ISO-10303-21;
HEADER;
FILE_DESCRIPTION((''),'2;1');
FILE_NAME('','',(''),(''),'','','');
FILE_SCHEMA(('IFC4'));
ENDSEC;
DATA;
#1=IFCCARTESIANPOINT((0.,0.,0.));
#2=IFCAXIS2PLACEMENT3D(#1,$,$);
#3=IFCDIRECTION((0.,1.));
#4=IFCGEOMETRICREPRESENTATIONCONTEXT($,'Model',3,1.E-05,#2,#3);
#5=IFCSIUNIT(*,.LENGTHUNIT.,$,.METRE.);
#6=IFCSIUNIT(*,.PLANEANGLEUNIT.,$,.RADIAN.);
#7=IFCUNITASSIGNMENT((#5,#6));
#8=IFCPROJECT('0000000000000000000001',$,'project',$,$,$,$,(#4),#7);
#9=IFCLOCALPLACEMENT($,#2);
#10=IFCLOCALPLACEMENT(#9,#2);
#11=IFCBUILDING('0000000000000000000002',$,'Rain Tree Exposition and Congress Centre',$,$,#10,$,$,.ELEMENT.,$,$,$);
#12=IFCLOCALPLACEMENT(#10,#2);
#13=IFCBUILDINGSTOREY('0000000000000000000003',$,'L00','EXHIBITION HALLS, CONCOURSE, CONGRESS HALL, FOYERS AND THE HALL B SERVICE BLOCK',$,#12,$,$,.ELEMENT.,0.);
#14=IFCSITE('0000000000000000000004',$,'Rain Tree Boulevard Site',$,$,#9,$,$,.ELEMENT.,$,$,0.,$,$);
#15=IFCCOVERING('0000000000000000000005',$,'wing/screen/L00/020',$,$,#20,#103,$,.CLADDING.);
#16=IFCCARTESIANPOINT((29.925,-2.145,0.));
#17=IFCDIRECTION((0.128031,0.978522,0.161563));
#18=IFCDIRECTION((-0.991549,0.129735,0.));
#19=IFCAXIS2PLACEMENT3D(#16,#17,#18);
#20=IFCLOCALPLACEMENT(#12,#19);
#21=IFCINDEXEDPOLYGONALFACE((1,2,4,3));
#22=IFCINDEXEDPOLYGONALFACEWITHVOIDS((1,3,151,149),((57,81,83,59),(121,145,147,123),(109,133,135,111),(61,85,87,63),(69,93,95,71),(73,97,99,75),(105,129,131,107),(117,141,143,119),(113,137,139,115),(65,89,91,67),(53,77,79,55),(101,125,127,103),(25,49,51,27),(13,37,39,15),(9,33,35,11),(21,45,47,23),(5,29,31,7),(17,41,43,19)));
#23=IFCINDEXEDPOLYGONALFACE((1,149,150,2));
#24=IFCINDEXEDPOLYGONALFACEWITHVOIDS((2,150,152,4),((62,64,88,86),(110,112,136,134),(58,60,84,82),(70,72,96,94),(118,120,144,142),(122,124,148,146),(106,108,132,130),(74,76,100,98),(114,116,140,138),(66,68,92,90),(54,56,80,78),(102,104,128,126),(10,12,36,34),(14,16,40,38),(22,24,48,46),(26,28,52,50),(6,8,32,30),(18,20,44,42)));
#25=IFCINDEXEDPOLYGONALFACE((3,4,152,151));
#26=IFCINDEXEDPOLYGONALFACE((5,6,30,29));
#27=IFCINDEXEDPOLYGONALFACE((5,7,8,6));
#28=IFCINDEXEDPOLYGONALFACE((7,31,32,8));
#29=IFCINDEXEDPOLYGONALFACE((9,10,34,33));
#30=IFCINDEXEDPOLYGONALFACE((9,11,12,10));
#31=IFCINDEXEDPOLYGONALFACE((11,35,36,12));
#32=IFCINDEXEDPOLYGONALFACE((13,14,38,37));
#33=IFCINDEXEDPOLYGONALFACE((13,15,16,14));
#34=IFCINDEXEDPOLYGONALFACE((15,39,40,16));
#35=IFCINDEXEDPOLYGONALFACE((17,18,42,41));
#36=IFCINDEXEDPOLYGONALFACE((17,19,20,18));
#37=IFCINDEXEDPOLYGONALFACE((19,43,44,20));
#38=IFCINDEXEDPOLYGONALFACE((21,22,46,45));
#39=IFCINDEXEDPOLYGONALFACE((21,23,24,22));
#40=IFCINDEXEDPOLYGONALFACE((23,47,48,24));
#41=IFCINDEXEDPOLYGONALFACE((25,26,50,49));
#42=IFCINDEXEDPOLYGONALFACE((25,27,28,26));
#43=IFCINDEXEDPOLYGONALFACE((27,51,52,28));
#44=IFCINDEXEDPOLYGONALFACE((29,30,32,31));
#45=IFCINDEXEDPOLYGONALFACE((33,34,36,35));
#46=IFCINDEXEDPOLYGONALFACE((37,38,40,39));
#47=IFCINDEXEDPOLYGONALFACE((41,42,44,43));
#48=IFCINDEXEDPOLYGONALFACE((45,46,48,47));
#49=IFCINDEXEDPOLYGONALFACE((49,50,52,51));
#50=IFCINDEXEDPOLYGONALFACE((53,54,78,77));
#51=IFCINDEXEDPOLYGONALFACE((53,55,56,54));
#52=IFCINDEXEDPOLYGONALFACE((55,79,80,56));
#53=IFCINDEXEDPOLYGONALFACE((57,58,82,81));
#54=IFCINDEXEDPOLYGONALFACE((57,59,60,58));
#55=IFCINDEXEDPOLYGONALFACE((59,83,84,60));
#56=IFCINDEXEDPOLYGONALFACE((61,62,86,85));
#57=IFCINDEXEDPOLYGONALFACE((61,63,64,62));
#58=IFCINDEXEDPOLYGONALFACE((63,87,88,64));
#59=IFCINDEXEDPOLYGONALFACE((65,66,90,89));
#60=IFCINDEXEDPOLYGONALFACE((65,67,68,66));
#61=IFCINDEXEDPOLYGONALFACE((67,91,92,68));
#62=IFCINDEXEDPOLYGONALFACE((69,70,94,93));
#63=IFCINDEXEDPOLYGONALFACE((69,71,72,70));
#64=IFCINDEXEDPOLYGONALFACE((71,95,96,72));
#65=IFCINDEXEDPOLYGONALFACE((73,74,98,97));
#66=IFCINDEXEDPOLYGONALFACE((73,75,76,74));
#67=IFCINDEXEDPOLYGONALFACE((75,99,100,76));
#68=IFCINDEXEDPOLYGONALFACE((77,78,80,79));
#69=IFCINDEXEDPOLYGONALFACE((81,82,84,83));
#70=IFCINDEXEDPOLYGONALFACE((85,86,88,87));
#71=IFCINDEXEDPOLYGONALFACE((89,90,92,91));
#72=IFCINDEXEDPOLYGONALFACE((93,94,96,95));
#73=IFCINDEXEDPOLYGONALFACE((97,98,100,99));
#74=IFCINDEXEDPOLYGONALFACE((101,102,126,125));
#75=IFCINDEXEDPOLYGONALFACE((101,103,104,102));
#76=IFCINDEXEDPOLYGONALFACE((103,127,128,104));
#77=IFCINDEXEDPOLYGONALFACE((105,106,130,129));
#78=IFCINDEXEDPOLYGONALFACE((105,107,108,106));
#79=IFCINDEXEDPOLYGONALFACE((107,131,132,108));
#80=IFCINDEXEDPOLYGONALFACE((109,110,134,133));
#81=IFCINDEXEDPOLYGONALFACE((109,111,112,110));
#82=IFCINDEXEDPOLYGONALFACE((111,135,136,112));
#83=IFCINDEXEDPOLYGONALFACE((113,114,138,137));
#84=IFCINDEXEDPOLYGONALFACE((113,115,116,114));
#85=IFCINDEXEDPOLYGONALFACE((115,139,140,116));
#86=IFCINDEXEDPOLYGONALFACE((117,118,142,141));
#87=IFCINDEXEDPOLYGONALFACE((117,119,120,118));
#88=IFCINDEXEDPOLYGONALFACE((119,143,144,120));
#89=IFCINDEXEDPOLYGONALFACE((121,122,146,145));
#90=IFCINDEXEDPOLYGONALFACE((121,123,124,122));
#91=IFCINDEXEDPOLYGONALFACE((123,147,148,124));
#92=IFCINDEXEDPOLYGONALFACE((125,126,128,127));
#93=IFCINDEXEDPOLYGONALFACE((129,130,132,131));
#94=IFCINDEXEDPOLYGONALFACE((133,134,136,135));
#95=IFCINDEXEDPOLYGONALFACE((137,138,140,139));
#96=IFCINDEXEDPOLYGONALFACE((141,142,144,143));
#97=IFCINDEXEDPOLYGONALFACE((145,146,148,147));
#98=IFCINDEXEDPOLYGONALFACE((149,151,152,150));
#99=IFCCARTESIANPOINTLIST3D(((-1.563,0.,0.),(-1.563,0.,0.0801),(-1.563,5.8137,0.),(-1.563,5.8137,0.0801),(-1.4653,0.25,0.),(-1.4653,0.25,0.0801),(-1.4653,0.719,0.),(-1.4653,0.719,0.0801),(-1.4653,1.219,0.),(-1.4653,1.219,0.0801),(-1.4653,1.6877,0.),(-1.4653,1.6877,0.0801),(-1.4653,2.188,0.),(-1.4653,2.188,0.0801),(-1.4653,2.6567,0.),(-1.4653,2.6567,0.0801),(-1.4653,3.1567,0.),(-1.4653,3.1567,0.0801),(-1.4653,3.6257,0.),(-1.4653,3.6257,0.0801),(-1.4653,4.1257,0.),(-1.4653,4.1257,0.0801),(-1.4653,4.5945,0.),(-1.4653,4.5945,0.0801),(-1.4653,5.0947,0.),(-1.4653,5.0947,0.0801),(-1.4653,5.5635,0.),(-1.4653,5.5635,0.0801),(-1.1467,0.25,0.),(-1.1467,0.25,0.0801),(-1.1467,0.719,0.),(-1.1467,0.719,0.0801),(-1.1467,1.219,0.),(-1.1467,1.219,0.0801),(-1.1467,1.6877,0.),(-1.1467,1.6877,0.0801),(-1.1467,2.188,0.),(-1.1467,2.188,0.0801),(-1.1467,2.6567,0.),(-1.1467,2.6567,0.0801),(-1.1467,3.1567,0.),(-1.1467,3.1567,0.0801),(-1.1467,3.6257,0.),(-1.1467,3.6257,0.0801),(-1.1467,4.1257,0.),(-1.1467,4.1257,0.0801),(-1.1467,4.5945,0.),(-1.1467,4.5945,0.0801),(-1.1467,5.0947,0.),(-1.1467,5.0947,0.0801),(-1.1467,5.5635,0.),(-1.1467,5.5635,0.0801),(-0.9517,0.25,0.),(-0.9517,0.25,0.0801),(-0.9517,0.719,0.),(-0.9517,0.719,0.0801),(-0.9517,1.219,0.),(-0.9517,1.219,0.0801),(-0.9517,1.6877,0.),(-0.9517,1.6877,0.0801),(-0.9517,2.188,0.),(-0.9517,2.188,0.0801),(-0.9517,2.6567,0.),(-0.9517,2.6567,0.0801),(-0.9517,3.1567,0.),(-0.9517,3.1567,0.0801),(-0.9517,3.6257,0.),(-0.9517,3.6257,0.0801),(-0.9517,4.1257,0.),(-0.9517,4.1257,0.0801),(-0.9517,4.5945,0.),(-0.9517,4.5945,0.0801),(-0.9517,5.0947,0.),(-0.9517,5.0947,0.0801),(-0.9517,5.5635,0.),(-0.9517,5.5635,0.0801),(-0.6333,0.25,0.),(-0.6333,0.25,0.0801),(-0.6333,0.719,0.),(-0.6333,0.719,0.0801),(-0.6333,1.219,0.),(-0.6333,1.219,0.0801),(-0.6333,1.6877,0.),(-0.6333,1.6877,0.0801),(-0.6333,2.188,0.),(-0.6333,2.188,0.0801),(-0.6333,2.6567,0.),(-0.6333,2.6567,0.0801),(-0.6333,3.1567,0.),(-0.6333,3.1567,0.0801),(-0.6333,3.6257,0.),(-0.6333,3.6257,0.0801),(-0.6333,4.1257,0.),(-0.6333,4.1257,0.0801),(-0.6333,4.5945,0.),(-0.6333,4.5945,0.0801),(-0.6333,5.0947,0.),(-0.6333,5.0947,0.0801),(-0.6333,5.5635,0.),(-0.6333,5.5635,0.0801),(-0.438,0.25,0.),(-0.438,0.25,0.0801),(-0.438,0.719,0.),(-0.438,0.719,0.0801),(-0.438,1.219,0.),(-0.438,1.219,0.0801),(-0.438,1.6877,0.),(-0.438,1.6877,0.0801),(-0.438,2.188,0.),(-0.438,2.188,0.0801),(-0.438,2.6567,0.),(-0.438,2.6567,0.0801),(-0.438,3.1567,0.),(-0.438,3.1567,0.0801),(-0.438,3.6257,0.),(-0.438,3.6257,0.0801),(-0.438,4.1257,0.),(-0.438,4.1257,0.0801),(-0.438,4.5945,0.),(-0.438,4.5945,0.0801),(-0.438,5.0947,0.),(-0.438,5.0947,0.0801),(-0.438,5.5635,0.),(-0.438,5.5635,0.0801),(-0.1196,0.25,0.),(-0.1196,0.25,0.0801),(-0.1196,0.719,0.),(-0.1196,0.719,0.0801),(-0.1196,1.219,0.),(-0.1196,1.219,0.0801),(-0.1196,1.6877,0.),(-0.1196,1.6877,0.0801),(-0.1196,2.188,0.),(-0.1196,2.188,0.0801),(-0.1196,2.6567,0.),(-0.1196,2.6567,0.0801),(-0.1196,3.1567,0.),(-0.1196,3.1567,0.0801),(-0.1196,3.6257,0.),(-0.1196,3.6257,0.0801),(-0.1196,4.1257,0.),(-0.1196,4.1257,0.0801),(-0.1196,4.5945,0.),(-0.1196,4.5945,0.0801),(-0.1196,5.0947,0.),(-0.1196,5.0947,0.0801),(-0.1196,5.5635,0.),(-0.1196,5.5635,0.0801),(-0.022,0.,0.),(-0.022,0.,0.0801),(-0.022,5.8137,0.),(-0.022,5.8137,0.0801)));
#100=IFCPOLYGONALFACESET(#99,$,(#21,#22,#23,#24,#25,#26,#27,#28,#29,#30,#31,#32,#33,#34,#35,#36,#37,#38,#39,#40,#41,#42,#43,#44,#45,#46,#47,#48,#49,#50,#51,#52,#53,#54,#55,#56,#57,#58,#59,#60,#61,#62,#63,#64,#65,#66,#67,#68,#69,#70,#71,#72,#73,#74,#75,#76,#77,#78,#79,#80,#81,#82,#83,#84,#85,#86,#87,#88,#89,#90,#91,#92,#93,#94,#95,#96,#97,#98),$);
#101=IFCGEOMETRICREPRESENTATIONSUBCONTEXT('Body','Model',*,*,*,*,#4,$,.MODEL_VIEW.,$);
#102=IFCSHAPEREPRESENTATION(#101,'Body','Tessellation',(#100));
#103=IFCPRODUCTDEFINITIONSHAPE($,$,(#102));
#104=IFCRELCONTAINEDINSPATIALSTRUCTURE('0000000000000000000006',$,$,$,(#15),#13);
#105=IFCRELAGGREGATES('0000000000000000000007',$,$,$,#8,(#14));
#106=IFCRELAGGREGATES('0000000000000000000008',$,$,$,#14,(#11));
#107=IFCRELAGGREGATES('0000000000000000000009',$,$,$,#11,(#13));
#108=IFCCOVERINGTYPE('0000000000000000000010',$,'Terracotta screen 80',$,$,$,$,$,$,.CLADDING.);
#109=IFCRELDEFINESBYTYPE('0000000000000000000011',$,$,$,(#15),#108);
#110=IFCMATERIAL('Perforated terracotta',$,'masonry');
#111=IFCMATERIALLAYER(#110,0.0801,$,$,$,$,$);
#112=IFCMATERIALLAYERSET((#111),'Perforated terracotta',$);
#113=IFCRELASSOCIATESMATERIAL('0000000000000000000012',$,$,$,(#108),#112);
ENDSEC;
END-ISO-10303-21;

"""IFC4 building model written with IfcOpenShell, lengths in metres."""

from ifc_helpers import new_model, si_unit, direction, frame, origin, place, context, subcontext, project, spatial, polyline, outline, extrude, material, layer, layer_set, type_object, element, save


model = new_model("IFC4")

# Units and contexts
model_context = context("Model", 3, precision=1e-05, world=origin(), true_north=direction((0.0, 1.0)))
body_context = subcontext(model_context, "Body", "Model", "MODEL_VIEW")
ifc_project = project(units=[si_unit("LENGTHUNIT", "METRE"), si_unit("PLANEANGLEUNIT", "RADIAN")], contexts=[model_context])

# Site, building, storey
site_placement = place(None, origin())
site = spatial("IfcSite", under=ifc_project, at=site_placement, Name="Rain Tree Boulevard Site", CompositionType="ELEMENT", RefElevation=0.0)
building_placement = place(site_placement, origin())
building = spatial("IfcBuilding", under=site, at=building_placement, Name="Rain Tree Exposition and Congress Centre", CompositionType="ELEMENT")
storey_placement = place(building_placement, origin())
storey = spatial("IfcBuildingStorey", under=building, at=storey_placement, Name="L00", Description="EXHIBITION HALLS, CONCOURSE, CONGRESS HALL, FOYERS AND THE HALL B SERVICE BLOCK", CompositionType="ELEMENT", Elevation=0.0)

# Covering
ifc_material_1 = material(Name="Perforated terracotta", Category="masonry")
ifc_layer_1 = layer(ifc_material_1, 0.0801)
ifc_layer_set_1 = layer_set([ifc_layer_1], Name="Perforated terracotta")
covering_type = type_object("IfcCoveringType", Name="Terracotta screen 80", PredefinedType="CLADDING", material=ifc_layer_set_1)
covering_1_placement = place(storey_placement, frame((29.925, -2.145, 0.0), z_axis=(0.128031, 0.978522, 0.161563), x_axis=(-0.991549, 0.129735, 0.0)))
element("IfcCovering", 1, at=covering_1_placement, inside=storey, type_object=covering_type, Name="wing/screen/L00/020", PredefinedType="CLADDING", context=body_context, shape_type="SweptSolid", body=[
    extrude(outline(polyline([(-1.563, 0.0), (-1.563, 5.8137), (-0.022, 5.8137), (-0.022, 0.0), (-1.563, 0.0)]), holes=[polyline([(-0.1196, 0.25), (-0.1196, 0.719), (-0.438, 0.719), (-0.438, 0.25), (-0.1196, 0.25)]), polyline([(-0.1196, 1.219), (-0.1196, 1.6877), (-0.438, 1.6877), (-0.438, 1.219), (-0.1196, 1.219)]), polyline([(-0.1196, 2.188), (-0.1196, 2.6567), (-0.438, 2.6567), (-0.438, 2.188), (-0.1196, 2.188)]), polyline([(-0.1196, 3.1567), (-0.1196, 3.6257), (-0.438, 3.6257), (-0.438, 3.1567), (-0.1196, 3.1567)]), polyline([(-0.1196, 4.1257), (-0.1196, 4.5945), (-0.438, 4.5945), (-0.438, 4.1257), (-0.1196, 4.1257)]), polyline([(-0.1196, 5.0947), (-0.1196, 5.5635), (-0.438, 5.5635), (-0.438, 5.0947), (-0.1196, 5.0947)]), polyline([(-0.6333, 0.25), (-0.6333, 0.719), (-0.9517, 0.719), (-0.9517, 0.25), (-0.6333, 0.25)]), polyline([(-0.6333, 1.219), (-0.6333, 1.6877), (-0.9517, 1.6877), (-0.9517, 1.219), (-0.6333, 1.219)]), polyline([(-0.6333, 2.188), (-0.6333, 2.6567), (-0.9517, 2.6567), (-0.9517, 2.188), (-0.6333, 2.188)]), polyline([(-0.6333, 3.1567), (-0.6333, 3.6257), (-0.9517, 3.6257), (-0.9517, 3.1567), (-0.6333, 3.1567)]), polyline([(-0.6333, 4.1257), (-0.6333, 4.5945), (-0.9517, 4.5945), (-0.9517, 4.1257), (-0.6333, 4.1257)]), polyline([(-0.6333, 5.0947), (-0.6333, 5.5635), (-0.9517, 5.5635), (-0.9517, 5.0947), (-0.6333, 5.0947)]), polyline([(-1.1467, 0.25), (-1.1467, 0.719), (-1.4653, 0.719), (-1.4653, 0.25), (-1.1467, 0.25)]), polyline([(-1.1467, 1.219), (-1.1467, 1.6877), (-1.4653, 1.6877), (-1.4653, 1.219), (-1.1467, 1.219)]), polyline([(-1.1467, 2.188), (-1.1467, 2.6567), (-1.4653, 2.6567), (-1.4653, 2.188), (-1.1467, 2.188)]), polyline([(-1.1467, 3.1567), (-1.1467, 3.6257), (-1.4653, 3.6257), (-1.4653, 3.1567), (-1.1467, 3.1567)]), polyline([(-1.1467, 4.1257), (-1.1467, 4.5945), (-1.4653, 4.5945), (-1.4653, 4.1257), (-1.1467, 4.1257)]), polyline([(-1.1467, 5.0947), (-1.1467, 5.5635), (-1.4653, 5.5635), (-1.4653, 5.0947), (-1.1467, 5.0947)])]), origin(), (0.0, 0.0, 1.0), 0.0801),
])

save(model, "model.ifc")
